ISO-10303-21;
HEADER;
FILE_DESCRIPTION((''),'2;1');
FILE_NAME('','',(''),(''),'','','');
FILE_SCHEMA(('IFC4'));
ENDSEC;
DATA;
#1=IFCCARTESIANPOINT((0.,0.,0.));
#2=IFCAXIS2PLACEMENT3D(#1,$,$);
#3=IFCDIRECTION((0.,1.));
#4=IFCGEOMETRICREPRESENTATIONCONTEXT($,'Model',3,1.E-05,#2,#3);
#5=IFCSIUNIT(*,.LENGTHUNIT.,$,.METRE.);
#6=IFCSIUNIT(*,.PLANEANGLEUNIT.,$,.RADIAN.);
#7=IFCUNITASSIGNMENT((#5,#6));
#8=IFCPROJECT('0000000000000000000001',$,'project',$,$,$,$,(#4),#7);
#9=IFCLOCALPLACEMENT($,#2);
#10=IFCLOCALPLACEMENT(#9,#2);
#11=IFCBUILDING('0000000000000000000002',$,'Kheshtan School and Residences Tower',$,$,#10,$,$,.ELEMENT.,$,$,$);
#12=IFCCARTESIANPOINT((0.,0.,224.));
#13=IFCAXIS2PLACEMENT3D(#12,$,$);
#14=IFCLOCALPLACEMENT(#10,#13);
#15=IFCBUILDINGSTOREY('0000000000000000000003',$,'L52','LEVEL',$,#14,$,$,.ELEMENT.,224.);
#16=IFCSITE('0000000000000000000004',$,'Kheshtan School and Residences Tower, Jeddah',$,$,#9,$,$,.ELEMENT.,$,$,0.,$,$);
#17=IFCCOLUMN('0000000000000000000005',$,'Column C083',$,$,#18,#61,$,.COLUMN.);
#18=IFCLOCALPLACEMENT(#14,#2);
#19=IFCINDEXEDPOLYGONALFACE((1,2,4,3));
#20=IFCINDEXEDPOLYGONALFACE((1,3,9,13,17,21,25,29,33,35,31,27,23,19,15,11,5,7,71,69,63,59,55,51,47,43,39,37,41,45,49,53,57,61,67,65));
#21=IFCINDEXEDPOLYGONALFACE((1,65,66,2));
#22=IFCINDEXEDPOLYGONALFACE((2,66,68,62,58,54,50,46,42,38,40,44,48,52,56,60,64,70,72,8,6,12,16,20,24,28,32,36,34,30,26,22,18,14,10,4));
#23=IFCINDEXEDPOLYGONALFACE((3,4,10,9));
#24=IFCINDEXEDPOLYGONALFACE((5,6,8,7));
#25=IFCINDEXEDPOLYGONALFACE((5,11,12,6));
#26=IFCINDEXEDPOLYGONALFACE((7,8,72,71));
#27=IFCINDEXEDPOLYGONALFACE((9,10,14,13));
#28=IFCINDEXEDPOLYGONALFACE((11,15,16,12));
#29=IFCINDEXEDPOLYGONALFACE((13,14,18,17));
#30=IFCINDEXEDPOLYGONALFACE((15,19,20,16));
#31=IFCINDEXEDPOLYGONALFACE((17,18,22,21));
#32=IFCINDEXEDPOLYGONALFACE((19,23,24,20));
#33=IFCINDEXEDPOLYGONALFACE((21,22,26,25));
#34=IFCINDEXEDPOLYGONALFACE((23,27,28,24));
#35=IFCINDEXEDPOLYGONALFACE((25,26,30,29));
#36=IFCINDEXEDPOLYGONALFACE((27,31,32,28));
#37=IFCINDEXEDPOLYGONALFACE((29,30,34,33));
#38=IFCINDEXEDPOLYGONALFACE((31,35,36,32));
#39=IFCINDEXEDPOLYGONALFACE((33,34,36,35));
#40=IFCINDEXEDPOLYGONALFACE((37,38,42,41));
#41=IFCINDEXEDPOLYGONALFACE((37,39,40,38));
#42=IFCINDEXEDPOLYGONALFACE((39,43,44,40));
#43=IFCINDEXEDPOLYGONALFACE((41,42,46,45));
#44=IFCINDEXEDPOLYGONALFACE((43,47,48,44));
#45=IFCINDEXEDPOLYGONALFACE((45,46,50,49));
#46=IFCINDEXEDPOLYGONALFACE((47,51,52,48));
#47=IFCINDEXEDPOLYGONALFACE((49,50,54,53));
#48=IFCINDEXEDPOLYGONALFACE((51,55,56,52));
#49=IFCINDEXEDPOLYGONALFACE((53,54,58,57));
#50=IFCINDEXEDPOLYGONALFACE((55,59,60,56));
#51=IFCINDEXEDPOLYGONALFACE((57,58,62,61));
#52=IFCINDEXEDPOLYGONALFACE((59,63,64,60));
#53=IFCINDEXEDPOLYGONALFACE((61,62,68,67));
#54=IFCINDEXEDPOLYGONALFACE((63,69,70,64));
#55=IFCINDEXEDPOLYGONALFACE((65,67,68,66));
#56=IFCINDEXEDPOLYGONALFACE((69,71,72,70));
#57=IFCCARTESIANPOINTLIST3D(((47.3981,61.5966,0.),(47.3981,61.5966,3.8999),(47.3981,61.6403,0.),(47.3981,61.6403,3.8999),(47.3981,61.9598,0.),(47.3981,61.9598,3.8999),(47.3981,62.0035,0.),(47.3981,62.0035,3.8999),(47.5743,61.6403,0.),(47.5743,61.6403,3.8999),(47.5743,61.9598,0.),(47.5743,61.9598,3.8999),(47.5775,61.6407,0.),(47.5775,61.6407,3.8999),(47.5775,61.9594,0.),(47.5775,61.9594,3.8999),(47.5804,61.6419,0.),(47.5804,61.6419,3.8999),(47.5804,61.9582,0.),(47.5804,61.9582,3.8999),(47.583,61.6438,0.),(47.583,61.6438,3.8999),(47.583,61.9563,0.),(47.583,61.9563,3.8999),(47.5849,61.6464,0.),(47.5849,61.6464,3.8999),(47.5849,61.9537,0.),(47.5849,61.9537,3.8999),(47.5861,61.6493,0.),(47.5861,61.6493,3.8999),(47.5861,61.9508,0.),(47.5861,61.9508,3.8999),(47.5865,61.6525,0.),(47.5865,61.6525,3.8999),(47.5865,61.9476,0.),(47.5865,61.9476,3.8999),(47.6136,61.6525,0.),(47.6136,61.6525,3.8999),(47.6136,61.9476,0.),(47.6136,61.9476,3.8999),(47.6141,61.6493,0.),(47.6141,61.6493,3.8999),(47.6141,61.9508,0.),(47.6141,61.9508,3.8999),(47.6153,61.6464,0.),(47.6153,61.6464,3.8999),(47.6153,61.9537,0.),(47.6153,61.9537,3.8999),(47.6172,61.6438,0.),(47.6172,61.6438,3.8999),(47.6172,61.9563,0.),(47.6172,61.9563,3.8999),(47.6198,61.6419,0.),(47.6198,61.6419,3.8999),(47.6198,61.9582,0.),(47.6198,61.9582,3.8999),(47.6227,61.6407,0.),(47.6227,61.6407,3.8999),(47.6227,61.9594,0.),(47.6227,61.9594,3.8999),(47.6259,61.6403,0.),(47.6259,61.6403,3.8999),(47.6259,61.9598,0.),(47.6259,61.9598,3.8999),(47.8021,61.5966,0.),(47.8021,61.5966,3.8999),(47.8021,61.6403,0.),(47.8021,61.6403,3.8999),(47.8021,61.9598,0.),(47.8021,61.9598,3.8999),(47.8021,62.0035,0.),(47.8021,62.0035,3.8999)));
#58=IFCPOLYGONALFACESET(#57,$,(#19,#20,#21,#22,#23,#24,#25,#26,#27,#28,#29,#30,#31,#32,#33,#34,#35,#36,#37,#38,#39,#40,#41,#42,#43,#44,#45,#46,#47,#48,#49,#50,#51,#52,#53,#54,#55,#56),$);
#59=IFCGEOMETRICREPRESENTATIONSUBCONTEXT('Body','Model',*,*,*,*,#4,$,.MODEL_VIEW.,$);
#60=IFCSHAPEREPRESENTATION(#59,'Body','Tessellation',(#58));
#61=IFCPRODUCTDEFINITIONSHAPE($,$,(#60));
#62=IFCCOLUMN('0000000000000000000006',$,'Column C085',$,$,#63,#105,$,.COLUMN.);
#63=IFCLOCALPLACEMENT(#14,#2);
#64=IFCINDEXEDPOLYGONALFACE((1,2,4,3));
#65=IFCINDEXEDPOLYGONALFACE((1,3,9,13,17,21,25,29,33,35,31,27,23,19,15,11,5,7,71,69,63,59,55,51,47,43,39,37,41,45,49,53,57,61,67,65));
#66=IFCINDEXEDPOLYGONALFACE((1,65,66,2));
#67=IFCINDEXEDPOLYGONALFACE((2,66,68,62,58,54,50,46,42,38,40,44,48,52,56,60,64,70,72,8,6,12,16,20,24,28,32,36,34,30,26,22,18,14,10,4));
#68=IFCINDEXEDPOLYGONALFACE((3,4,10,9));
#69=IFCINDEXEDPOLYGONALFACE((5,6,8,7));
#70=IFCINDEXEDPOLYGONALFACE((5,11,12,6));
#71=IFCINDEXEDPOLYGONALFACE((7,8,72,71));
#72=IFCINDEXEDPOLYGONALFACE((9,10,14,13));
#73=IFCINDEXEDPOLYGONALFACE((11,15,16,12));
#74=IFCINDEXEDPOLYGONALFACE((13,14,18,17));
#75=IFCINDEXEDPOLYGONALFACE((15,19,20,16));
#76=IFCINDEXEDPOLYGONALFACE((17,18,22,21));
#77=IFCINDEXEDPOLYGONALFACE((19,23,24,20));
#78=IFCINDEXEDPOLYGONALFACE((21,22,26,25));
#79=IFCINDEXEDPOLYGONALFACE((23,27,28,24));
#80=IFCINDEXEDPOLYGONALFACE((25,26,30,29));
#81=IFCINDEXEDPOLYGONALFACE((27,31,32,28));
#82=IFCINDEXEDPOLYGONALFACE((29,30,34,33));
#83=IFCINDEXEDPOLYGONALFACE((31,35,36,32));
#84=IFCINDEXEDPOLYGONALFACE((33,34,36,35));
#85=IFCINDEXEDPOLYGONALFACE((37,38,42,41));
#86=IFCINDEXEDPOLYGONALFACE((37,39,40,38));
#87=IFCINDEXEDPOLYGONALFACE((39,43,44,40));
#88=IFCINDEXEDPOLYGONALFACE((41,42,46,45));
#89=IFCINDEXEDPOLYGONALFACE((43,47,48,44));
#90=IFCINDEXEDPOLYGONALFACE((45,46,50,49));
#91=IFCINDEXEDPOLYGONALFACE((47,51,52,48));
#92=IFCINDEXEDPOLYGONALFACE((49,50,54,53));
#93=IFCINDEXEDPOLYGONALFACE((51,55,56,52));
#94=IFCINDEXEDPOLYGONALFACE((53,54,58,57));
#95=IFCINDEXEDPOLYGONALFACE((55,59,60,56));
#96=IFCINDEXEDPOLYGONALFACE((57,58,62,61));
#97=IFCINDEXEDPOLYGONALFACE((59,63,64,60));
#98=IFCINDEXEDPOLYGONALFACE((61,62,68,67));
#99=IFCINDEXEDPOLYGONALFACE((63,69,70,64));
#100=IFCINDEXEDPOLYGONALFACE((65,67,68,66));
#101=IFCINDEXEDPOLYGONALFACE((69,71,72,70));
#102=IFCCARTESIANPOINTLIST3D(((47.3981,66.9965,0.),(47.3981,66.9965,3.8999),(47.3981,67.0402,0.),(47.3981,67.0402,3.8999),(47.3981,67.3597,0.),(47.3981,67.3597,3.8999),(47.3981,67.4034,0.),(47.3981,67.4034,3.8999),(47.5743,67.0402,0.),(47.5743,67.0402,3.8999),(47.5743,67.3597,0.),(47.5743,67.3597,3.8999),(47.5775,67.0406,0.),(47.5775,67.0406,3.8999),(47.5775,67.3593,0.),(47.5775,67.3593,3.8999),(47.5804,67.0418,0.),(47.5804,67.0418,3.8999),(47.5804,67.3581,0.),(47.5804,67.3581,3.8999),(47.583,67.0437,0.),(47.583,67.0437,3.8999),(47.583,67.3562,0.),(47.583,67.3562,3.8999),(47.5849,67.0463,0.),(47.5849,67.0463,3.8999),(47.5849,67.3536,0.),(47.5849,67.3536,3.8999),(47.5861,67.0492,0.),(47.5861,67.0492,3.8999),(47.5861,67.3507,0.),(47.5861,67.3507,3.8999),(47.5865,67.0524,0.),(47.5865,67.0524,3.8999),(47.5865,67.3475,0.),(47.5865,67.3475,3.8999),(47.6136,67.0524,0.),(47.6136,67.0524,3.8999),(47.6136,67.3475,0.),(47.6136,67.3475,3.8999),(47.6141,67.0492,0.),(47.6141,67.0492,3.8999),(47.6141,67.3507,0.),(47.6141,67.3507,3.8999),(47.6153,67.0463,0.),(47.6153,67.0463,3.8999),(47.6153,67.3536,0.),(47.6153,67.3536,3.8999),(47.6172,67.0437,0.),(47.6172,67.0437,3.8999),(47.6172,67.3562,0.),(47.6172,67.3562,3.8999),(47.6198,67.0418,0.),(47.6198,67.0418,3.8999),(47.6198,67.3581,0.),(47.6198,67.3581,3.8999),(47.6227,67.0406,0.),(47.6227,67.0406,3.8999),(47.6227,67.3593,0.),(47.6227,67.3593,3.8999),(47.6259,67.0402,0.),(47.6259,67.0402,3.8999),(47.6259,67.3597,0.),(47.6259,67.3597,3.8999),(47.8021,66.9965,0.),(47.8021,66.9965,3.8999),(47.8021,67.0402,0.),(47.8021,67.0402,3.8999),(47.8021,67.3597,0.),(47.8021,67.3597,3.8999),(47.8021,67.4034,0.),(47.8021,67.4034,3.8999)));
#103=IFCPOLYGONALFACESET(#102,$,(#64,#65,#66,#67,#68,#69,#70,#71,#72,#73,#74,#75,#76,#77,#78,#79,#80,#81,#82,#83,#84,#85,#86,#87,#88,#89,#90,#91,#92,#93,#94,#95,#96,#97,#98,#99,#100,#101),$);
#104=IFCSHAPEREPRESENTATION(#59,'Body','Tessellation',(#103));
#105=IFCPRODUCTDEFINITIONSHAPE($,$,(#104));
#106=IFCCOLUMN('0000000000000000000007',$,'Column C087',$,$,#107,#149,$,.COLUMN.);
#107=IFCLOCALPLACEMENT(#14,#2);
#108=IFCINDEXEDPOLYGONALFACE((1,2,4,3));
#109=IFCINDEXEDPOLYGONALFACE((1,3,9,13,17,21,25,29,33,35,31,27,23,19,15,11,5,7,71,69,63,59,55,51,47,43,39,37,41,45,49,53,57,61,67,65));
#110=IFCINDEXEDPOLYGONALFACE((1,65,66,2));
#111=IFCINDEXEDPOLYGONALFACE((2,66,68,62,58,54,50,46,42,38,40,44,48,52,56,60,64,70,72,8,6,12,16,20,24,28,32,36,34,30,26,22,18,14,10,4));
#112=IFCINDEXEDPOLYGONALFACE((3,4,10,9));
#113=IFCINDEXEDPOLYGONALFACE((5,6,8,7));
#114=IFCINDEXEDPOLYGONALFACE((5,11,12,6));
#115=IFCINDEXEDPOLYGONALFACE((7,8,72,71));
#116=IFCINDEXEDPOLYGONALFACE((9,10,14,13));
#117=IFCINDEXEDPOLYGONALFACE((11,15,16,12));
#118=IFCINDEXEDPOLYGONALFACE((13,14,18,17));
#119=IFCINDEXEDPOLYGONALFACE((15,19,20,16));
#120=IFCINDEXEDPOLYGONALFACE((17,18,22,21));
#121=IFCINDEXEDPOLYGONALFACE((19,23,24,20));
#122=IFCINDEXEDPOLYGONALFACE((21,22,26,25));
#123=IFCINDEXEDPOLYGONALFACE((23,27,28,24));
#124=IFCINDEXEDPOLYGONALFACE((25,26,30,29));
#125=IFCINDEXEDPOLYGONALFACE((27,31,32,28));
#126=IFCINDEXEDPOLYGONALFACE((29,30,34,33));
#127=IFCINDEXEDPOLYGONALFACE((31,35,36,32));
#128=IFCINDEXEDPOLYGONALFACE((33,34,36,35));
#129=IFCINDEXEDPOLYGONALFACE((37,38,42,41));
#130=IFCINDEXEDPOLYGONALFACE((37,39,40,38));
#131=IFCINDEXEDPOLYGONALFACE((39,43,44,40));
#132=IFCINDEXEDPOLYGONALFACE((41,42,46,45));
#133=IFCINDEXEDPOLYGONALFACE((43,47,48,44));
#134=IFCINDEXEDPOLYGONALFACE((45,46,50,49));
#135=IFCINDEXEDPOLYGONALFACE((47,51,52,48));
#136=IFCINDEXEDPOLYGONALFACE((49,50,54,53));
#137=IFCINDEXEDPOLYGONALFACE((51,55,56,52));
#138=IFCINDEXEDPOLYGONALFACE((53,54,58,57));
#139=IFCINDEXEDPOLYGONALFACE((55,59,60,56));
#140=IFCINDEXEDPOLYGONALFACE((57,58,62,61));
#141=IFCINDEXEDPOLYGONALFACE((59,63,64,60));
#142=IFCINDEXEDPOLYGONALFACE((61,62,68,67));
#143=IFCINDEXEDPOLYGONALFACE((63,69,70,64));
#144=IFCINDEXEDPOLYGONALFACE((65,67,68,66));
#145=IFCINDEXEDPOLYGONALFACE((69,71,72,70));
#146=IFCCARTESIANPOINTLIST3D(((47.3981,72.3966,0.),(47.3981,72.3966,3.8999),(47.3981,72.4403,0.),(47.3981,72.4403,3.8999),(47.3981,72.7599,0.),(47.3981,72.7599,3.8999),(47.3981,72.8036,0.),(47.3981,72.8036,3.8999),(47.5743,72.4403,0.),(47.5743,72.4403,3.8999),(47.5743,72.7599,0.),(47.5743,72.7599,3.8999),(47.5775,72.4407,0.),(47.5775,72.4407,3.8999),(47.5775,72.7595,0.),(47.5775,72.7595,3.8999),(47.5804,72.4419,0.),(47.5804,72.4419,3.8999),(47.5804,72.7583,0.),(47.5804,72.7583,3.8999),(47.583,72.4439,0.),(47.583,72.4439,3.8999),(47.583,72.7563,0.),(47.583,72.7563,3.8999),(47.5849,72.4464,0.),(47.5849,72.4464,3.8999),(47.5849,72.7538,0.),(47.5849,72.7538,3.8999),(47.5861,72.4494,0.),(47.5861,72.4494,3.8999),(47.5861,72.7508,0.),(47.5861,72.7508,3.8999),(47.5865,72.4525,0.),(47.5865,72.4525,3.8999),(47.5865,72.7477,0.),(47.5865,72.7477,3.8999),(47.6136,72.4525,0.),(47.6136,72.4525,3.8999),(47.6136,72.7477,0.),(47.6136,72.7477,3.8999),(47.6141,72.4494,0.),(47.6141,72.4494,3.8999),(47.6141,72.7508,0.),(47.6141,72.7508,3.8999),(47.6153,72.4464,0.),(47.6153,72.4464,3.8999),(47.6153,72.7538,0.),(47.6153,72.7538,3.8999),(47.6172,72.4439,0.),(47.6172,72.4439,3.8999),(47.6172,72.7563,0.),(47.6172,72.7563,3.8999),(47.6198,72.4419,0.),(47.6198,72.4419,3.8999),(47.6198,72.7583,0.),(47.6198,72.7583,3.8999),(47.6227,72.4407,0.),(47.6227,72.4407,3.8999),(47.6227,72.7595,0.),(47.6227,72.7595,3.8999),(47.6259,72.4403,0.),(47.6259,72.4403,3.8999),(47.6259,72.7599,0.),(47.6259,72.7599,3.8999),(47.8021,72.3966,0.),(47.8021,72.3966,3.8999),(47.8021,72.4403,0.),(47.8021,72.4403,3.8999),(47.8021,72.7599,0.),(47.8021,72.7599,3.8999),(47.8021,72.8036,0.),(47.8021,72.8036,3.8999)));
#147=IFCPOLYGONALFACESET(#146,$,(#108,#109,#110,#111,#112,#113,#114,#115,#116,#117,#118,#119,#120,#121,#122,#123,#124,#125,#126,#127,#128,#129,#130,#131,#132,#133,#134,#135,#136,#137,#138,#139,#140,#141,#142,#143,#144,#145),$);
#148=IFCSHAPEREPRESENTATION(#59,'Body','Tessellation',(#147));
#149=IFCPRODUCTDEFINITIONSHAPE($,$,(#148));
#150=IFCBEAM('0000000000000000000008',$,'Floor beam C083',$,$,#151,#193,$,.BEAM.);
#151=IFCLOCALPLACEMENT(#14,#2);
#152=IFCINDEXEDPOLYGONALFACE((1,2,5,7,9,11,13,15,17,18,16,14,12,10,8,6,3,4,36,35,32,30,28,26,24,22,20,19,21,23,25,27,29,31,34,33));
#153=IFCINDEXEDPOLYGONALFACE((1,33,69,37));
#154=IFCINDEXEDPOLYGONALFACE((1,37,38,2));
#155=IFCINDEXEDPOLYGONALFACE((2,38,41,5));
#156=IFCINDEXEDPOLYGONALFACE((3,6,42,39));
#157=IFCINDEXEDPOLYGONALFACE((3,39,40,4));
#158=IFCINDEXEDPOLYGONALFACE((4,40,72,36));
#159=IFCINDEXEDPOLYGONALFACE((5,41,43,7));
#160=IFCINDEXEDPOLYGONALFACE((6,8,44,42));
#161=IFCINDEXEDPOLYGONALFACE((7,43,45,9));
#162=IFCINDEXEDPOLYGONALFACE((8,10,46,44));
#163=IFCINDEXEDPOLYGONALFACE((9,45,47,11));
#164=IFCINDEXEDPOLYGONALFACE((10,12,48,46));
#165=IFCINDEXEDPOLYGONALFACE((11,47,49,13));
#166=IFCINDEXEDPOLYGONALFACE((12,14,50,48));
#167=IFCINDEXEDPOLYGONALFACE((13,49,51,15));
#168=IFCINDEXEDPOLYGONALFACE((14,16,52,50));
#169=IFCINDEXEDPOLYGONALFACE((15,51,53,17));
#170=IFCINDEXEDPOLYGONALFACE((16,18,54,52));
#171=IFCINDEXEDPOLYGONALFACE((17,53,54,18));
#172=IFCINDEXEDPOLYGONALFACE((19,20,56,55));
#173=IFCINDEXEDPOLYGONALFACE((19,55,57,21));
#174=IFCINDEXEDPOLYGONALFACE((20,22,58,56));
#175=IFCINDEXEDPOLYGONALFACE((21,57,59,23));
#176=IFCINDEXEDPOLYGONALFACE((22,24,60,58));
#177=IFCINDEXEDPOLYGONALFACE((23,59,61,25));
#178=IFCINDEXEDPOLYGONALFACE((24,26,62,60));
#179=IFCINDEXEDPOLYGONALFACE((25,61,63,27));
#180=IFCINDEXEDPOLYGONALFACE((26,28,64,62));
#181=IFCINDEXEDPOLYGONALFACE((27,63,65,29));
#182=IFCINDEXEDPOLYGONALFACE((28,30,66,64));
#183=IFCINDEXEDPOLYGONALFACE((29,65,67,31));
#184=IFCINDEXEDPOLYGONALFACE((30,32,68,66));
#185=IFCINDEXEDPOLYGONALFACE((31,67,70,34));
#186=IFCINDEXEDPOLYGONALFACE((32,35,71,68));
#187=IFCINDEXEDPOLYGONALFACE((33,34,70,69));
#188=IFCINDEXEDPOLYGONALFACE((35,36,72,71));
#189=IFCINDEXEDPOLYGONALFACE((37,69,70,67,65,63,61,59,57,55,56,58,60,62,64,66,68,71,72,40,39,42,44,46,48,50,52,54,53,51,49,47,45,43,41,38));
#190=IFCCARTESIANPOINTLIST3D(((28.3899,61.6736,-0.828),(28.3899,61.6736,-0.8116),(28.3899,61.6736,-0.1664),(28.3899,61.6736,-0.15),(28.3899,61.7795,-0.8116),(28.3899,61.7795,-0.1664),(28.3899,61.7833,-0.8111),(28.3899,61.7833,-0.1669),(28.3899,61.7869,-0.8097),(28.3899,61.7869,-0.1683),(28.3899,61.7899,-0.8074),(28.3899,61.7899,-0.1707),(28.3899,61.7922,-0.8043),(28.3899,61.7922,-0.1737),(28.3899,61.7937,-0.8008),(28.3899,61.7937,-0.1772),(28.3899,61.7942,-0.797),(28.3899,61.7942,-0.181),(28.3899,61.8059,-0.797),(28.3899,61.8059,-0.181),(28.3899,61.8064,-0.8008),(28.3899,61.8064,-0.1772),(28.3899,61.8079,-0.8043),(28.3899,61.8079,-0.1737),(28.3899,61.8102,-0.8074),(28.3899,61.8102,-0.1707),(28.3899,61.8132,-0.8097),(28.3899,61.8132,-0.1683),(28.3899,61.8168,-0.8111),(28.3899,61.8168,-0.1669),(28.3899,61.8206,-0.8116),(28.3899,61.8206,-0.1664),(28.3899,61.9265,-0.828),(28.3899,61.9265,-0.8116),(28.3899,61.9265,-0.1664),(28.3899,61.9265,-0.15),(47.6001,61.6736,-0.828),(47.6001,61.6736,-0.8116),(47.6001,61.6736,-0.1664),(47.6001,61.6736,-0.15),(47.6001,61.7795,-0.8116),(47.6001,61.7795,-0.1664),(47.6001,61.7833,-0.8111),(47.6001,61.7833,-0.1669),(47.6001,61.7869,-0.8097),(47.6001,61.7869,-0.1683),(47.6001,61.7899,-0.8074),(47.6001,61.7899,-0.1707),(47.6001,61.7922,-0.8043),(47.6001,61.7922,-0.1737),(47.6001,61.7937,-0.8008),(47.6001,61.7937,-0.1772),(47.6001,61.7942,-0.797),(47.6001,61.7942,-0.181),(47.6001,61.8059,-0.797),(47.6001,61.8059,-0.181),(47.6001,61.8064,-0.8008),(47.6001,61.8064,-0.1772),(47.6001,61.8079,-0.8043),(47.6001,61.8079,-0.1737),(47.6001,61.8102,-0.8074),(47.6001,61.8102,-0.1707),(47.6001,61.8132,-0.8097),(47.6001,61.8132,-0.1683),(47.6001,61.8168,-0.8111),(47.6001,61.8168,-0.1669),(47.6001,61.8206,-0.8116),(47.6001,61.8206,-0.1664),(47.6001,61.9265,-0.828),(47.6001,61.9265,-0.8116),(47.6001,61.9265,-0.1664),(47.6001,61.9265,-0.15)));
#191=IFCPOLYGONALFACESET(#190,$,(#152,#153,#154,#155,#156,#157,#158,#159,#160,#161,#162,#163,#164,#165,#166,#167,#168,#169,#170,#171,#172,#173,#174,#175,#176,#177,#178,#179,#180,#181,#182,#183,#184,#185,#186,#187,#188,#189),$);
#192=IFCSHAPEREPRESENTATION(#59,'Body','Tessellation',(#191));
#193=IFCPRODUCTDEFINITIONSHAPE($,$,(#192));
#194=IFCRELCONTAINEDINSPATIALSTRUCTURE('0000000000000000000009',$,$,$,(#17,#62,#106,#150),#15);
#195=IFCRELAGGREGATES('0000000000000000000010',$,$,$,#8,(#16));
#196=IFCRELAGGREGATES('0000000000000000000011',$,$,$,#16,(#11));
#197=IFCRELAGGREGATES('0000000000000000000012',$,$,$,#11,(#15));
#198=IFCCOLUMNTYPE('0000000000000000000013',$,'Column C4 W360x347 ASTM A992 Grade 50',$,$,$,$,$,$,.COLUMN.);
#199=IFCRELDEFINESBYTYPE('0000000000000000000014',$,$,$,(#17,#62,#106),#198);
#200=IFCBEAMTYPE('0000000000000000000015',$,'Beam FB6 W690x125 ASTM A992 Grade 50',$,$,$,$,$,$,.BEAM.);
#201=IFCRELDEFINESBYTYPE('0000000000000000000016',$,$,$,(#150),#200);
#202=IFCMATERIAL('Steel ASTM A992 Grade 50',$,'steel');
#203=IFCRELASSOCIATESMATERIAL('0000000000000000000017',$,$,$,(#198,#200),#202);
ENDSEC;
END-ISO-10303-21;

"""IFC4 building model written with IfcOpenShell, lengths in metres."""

from ifc_helpers import new_model, si_unit, direction, frame, origin, origin_2d, place, context, subcontext, project, spatial, i_section, extrude, material, material_profile, profile_set, type_object, element, save


model = new_model("IFC4")

# Units and contexts
model_context = context("Model", 3, precision=1e-05, world=origin(), true_north=direction((0.0, 1.0)))
body_context = subcontext(model_context, "Body", "Model", "MODEL_VIEW")
ifc_project = project(units=[si_unit("LENGTHUNIT", "METRE"), si_unit("PLANEANGLEUNIT", "RADIAN")], contexts=[model_context])

# Site, building, storey
site_placement = place(None, origin())
site = spatial("IfcSite", under=ifc_project, at=site_placement, Name="Kheshtan School and Residences Tower, Jeddah", CompositionType="ELEMENT", RefElevation=0.0)
building_placement = place(site_placement, origin())
building = spatial("IfcBuilding", under=site, at=building_placement, Name="Kheshtan School and Residences Tower", CompositionType="ELEMENT")
storey_placement = place(building_placement, frame((0.0, 0.0, 224.0)))
storey = spatial("IfcBuildingStorey", under=building, at=storey_placement, Name="L52", Description="LEVEL", CompositionType="ELEMENT", Elevation=224.0)

# Columns
ifc_material_1 = material(Name="Steel ASTM A992 Grade 50", Category="steel")
ifc_material_profile_1 = material_profile(ifc_material_1, i_section(OverallWidth=0.4041, OverallDepth=0.407, WebThickness=0.0271, FlangeThickness=0.0437, FilletRadius=0.0122, at=origin_2d()), Name="W360x347")
ifc_profile_set_1 = profile_set([ifc_material_profile_1], Name="Steel ASTM A992 Grade 50")
column_type = type_object("IfcColumnType", Name="Column C4 W360x347 ASTM A992 Grade 50", PredefinedType="COLUMN", material=ifc_profile_set_1)
for number, where, z_axis, x_axis, name in (
    (1, (47.6001, 61.8, 0.0), (0.0, 0.0, 1.0), (1.0, 0.0, 0.0), "Column C083"),
    (2, (47.6001, 67.2, 0.0), (0.0, 0.0, 1.0), (1.0, 0.0, 0.0), "Column C085"),
    (3, (47.6001, 72.6001, 0.0), (0.0, 0.0, 1.0), (1.0, 0.0, 0.0), "Column C087"),
):
    element("IfcColumn", number, at=place(storey_placement, frame(where, z_axis=z_axis, x_axis=x_axis)), inside=storey, type_object=column_type, Name=name, PredefinedType="COLUMN", context=body_context, shape_type="SweptSolid", body=[
        extrude(i_section(OverallWidth=0.4041, OverallDepth=0.407, WebThickness=0.0271, FlangeThickness=0.0437, FilletRadius=0.0122, at=origin_2d()), origin(), (0.0, 0.0, 1.0), 3.8999),
    ])

# Beam
ifc_material_profile_2 = material_profile(ifc_material_1, i_section(OverallWidth=0.2529, OverallDepth=0.678, WebThickness=0.0117, FlangeThickness=0.0164, FilletRadius=0.0146, at=origin_2d()), Name="W690x125")
ifc_profile_set_2 = profile_set([ifc_material_profile_2], Name="Steel ASTM A992 Grade 50")
beam_type_1 = type_object("IfcBeamType", Name="Beam FB6 W690x125 ASTM A992 Grade 50", PredefinedType="BEAM", material=ifc_profile_set_2)
beam_1_placement = place(storey_placement, frame((47.6001, 61.8, -0.489), z_axis=(-1.0, 0.0, 0.0), x_axis=(0.0, -1.0, 0.0)))
element("IfcBeam", 4, at=beam_1_placement, inside=storey, type_object=beam_type_1, Name="Floor beam C083", PredefinedType="BEAM", context=body_context, shape_type="SweptSolid", body=[
    extrude(i_section(OverallWidth=0.2529, OverallDepth=0.678, WebThickness=0.0117, FlangeThickness=0.0164, FilletRadius=0.0146, at=origin_2d()), origin(), (0.0, 0.0, 1.0), 19.2102),
])

save(model, "model.ifc")
